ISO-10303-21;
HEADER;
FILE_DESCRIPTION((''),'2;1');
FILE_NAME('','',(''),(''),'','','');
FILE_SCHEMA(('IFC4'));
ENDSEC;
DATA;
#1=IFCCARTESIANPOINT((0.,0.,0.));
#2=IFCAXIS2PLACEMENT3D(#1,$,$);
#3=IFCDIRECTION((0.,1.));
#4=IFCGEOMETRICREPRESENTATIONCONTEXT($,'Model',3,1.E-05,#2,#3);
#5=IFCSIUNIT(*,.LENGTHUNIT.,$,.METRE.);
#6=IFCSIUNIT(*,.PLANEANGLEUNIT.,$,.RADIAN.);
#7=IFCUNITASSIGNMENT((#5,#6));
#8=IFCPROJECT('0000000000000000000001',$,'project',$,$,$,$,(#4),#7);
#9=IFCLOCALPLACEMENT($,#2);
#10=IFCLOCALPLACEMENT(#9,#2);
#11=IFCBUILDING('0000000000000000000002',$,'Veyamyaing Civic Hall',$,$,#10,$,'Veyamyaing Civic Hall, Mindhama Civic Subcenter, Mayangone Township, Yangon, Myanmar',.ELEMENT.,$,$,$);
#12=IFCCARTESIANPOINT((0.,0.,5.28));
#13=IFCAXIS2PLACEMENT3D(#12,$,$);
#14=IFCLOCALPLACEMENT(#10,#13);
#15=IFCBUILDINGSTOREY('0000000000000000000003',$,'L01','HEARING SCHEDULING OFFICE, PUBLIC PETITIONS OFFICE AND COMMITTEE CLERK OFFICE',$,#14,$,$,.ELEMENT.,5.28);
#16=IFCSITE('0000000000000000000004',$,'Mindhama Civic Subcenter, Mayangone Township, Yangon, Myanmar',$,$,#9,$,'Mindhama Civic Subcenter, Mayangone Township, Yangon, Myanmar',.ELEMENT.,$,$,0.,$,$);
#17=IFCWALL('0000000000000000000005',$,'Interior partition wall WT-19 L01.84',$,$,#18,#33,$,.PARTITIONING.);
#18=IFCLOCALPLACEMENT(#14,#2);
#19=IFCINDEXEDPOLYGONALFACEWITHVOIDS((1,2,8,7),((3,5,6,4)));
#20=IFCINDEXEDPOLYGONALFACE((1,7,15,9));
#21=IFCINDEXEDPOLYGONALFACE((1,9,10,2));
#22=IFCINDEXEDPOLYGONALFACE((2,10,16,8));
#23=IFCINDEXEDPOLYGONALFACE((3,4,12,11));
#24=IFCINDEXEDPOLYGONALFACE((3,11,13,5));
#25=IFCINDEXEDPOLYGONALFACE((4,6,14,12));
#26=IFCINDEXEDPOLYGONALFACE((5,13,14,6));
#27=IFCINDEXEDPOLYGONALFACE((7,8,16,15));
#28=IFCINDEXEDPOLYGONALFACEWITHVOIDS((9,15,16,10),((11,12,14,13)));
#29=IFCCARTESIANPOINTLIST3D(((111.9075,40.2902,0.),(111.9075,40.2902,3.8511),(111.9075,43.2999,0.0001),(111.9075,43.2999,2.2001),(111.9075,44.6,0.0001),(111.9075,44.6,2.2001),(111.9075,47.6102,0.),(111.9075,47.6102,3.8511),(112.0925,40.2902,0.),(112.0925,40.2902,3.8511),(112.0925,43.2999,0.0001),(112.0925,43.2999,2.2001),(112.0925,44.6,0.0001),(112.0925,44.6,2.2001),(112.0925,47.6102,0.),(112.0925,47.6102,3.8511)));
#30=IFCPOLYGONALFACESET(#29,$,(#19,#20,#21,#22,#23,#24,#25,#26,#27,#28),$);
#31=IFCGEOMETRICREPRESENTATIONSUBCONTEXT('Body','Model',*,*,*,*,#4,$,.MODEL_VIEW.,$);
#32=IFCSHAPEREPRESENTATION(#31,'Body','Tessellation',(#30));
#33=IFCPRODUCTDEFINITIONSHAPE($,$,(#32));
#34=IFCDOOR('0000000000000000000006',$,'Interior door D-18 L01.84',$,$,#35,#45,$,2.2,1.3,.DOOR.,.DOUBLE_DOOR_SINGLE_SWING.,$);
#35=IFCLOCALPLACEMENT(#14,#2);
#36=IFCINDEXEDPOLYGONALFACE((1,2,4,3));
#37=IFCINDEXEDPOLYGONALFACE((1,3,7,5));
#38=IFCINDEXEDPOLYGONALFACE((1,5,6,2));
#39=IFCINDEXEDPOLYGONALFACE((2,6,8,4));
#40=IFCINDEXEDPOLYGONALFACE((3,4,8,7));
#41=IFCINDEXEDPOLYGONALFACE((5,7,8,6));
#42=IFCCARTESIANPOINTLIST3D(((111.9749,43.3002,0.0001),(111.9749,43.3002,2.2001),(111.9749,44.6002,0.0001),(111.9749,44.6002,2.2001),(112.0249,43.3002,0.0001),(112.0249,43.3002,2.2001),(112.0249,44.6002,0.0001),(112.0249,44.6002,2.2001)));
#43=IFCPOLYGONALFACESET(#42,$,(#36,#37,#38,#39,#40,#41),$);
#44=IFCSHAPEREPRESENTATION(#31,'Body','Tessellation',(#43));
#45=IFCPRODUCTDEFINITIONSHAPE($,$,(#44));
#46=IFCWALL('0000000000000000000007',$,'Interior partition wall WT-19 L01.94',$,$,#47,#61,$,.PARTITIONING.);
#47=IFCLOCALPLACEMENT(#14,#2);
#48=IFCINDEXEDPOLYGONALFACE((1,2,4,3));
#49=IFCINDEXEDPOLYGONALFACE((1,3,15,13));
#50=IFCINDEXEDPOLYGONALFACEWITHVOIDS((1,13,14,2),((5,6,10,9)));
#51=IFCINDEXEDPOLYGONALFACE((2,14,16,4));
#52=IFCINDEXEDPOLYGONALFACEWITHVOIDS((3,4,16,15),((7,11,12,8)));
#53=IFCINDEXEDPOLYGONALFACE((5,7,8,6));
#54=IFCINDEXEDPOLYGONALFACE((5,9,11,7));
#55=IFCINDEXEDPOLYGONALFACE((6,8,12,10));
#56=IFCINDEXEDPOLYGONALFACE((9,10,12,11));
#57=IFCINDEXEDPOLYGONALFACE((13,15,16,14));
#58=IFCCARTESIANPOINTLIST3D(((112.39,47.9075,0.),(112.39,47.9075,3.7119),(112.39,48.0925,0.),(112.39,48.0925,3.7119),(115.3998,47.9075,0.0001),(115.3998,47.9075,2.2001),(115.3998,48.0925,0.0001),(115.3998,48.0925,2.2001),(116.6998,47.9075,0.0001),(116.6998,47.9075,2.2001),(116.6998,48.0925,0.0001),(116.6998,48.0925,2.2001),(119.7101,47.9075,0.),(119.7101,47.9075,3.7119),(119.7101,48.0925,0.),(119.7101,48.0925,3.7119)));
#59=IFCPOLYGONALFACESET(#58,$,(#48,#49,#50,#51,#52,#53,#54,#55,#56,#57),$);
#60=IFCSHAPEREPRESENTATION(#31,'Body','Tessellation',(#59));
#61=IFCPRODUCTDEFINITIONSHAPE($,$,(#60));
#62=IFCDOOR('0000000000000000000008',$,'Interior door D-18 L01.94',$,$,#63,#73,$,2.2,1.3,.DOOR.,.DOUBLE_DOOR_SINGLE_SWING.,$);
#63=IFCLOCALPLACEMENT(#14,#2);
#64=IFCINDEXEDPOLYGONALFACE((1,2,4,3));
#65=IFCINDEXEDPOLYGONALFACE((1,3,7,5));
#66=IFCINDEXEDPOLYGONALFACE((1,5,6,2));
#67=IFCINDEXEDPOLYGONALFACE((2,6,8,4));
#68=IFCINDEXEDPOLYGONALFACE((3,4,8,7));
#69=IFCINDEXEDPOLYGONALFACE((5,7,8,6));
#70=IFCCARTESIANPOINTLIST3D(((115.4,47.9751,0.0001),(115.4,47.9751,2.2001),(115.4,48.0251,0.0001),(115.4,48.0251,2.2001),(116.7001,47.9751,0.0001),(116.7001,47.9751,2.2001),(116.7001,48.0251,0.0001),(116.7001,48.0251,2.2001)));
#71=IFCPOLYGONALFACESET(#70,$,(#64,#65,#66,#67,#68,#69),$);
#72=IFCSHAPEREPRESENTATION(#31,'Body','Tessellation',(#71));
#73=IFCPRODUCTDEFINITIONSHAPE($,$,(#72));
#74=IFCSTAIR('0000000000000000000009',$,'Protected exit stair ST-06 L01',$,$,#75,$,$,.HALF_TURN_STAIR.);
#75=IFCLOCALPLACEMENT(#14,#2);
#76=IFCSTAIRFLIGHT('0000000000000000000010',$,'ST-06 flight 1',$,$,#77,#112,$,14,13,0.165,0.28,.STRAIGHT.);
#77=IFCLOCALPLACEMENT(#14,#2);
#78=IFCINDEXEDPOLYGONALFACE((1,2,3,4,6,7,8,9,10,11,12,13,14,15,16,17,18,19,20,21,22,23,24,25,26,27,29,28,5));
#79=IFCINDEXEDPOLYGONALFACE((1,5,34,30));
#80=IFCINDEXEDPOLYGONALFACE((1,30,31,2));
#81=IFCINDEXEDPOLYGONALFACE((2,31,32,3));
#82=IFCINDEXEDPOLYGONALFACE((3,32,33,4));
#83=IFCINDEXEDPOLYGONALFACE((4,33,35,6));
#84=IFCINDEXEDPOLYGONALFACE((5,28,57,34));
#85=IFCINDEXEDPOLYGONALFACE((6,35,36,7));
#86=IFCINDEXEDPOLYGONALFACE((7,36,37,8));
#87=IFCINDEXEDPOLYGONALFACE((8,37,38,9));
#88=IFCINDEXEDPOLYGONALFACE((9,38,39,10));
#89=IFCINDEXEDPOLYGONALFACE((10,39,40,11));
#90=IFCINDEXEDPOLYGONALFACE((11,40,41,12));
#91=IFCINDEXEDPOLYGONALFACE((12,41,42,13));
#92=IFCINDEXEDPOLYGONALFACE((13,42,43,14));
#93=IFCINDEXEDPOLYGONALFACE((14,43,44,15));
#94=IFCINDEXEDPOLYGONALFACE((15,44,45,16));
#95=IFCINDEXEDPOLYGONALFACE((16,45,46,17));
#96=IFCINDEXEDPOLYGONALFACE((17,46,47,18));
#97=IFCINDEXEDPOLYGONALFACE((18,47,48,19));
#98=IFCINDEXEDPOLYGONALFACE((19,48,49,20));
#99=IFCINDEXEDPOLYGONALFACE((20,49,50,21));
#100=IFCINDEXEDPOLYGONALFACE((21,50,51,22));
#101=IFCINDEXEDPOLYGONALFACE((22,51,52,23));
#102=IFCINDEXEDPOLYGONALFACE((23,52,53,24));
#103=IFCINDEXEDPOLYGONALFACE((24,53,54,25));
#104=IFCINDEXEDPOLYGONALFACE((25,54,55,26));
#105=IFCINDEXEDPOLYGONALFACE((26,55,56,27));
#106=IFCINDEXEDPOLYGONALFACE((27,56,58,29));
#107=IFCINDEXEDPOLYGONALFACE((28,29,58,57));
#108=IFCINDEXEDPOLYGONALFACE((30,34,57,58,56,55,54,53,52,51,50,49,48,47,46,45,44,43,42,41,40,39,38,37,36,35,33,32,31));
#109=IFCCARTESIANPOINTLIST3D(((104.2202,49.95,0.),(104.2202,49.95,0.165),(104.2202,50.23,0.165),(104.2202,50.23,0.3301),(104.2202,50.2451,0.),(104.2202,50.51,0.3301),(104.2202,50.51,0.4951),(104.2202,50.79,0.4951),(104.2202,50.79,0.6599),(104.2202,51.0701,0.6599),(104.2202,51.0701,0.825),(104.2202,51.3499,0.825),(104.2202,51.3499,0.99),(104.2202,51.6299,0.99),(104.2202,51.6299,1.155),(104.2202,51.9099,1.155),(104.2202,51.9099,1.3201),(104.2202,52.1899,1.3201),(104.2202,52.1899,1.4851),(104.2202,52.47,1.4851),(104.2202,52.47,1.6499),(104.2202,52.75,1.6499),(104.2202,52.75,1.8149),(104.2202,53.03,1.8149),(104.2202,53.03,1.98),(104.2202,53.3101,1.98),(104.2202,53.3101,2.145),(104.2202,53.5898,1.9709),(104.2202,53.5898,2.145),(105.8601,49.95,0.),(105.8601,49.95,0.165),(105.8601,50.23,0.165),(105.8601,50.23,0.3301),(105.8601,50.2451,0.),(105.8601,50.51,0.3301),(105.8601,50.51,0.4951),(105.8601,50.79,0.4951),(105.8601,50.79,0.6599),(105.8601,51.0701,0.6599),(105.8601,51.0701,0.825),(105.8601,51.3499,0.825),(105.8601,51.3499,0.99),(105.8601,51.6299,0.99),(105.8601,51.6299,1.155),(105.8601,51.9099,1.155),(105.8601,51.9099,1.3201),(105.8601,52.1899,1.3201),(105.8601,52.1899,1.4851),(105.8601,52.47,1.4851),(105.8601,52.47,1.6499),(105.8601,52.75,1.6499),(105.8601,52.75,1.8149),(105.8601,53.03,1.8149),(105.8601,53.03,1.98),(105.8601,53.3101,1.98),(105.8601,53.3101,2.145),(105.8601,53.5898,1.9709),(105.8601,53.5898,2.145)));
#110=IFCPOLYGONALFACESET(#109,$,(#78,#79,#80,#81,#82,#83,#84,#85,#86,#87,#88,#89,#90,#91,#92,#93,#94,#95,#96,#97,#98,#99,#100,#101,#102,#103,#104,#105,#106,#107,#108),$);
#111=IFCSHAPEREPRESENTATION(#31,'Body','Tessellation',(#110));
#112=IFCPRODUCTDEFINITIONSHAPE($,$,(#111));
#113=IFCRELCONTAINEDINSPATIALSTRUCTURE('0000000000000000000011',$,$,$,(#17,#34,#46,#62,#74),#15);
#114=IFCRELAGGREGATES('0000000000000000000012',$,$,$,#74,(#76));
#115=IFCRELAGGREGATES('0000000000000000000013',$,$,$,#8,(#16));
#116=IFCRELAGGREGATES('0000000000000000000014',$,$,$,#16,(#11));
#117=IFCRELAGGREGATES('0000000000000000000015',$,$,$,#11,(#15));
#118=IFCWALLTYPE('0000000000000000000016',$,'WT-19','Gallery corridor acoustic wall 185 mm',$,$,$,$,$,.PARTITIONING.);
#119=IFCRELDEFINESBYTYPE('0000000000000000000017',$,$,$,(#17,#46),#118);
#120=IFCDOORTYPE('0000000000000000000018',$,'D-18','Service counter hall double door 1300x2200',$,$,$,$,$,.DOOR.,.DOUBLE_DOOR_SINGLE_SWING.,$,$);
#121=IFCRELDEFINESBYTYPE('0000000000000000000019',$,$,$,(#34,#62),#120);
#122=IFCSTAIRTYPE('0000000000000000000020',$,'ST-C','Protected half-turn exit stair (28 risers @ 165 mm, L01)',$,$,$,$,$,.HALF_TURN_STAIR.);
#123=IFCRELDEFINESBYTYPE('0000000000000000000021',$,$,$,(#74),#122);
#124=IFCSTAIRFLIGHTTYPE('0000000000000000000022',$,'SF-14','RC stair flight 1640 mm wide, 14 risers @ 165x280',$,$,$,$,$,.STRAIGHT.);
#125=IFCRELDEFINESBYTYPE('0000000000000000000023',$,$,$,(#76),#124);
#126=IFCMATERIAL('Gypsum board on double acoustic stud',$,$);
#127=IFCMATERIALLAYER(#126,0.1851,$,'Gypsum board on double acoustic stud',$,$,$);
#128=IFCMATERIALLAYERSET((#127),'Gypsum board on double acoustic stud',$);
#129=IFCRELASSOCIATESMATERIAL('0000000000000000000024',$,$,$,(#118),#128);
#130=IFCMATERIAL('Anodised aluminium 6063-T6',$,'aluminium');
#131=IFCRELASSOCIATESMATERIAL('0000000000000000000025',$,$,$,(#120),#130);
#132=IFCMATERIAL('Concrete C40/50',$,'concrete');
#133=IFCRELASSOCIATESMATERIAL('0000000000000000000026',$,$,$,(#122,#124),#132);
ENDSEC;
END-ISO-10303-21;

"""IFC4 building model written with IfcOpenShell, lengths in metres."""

from ifc_helpers import new_model, si_unit, direction, frame, frame_2d, origin, place, context, subcontext, project, spatial, polyline, rectangle, outline, extrude, material, layer, layer_set, type_object, element, fill, aggregate, save


model = new_model("IFC4")

# Units and contexts
model_context = context("Model", 3, precision=1e-05, world=origin(), true_north=direction((0.0, 1.0)))
body_context = subcontext(model_context, "Body", "Model", "MODEL_VIEW")
ifc_project = project(units=[si_unit("LENGTHUNIT", "METRE"), si_unit("PLANEANGLEUNIT", "RADIAN")], contexts=[model_context])

# Site, building, storey
site_placement = place(None, origin())
site = spatial("IfcSite", under=ifc_project, at=site_placement, Name="Mindhama Civic Subcenter, Mayangone Township, Yangon, Myanmar", LongName="Mindhama Civic Subcenter, Mayangone Township, Yangon, Myanmar", CompositionType="ELEMENT", RefElevation=0.0)
building_placement = place(site_placement, origin())
building = spatial("IfcBuilding", under=site, at=building_placement, Name="Veyamyaing Civic Hall", LongName="Veyamyaing Civic Hall, Mindhama Civic Subcenter, Mayangone Township, Yangon, Myanmar", CompositionType="ELEMENT")
storey_placement = place(building_placement, frame((0.0, 0.0, 5.28)))
storey = spatial("IfcBuildingStorey", under=building, at=storey_placement, Name="L01", Description="HEARING SCHEDULING OFFICE, PUBLIC PETITIONS OFFICE AND COMMITTEE CLERK OFFICE", CompositionType="ELEMENT", Elevation=5.28)

# Shared definitions
ifc_material_1 = material(Name="Concrete C40/50", Category="concrete")

# Walls, openings, doors
ifc_material_2 = material(Name="Gypsum board on double acoustic stud")
ifc_layer_1 = layer(ifc_material_2, 0.1851, Name="Gypsum board on double acoustic stud")
ifc_layer_set_1 = layer_set([ifc_layer_1], Name="Gypsum board on double acoustic stud")
wall_type_1 = type_object("IfcWallType", Name="WT-19", Description="Gallery corridor acoustic wall 185 mm", PredefinedType="PARTITIONING", material=ifc_layer_set_1)
wall_1_placement = place(storey_placement, frame((112.0, 40.29, 0.0), z_axis=(0.0, 0.0, 1.0), x_axis=(0.0, 1.0, 0.0)))
wall_1 = element("IfcWall", 1, at=wall_1_placement, inside=storey, type_object=wall_type_1, Name="Interior partition wall WT-19 L01.84", PredefinedType="PARTITIONING", context=body_context, shape_type="SweptSolid", body=[
    extrude(rectangle(XDim=7.3201, YDim=0.1851, at=frame_2d((3.6602, 0.0))), origin(), (0.0, 0.0, 1.0), 3.8511),
])
opening_1_placement = place(wall_1_placement, frame((3.01, 0.0, 0.0)))
opening_1 = element("IfcOpeningElement", 2, at=opening_1_placement, cuts=wall_1, PredefinedType="OPENING", context=body_context, shape_type="SweptSolid", body=[
    extrude(rectangle(XDim=1.3, YDim=2.2, at=frame_2d((0.6499, 1.1001))), frame((0.0, 0.1025, 0.0), z_axis=(0.0, -1.0, 0.0), x_axis=(1.0, 0.0, 0.0)), (0.0, 0.0, 1.0), 0.2051),
])
ifc_material_3 = material(Name="Anodised aluminium 6063-T6", Category="aluminium")
door_type_1 = type_object("IfcDoorType", Name="D-18", Description="Service counter hall double door 1300x2200", OperationType="DOUBLE_DOOR_SINGLE_SWING", PredefinedType="DOOR", material=ifc_material_3)
door_1_placement = place(opening_1_placement, frame((1.3, 0.0, 0.0), z_axis=(0.0, 0.0, 1.0), x_axis=(-1.0, 0.0, 0.0)))
door_1 = element("IfcDoor", 3, at=door_1_placement, inside=storey, type_object=door_type_1, Name="Interior door D-18 L01.84", OperationType="DOUBLE_DOOR_SINGLE_SWING", OverallHeight=2.2, OverallWidth=1.3, PredefinedType="DOOR", context=body_context, shape_type="SweptSolid", body=[
    extrude(rectangle(XDim=1.3, YDim=2.2, at=frame_2d((0.6499, 1.1001))), frame((0.0, 0.0249, 0.0), z_axis=(0.0, -1.0, 0.0), x_axis=(1.0, 0.0, 0.0)), (0.0, 0.0, 1.0), 0.05),
])
fill(opening_1, door_1)
wall_2_placement = place(storey_placement, frame((112.3899, 48.0, 0.0), z_axis=(0.0, 0.0, 1.0), x_axis=(1.0, 0.0, 0.0)))
wall_2 = element("IfcWall", 4, at=wall_2_placement, inside=storey, type_object=wall_type_1, Name="Interior partition wall WT-19 L01.94", PredefinedType="PARTITIONING", context=body_context, shape_type="SweptSolid", body=[
    extrude(rectangle(XDim=7.3201, YDim=0.1851, at=frame_2d((3.6602, 0.0))), origin(), (0.0, 0.0, 1.0), 3.7119),
])
opening_2_placement = place(wall_2_placement, frame((3.01, 0.0, 0.0)))
opening_2 = element("IfcOpeningElement", 5, at=opening_2_placement, cuts=wall_2, PredefinedType="OPENING", context=body_context, shape_type="SweptSolid", body=[
    extrude(rectangle(XDim=1.3, YDim=2.2, at=frame_2d((0.6499, 1.1001))), frame((0.0, 0.1025, 0.0), z_axis=(0.0, -1.0, 0.0), x_axis=(1.0, 0.0, 0.0)), (0.0, 0.0, 1.0), 0.2051),
])
door_2_placement = place(opening_2_placement, frame((1.3, 0.0, 0.0), z_axis=(0.0, 0.0, 1.0), x_axis=(-1.0, 0.0, 0.0)))
door_2 = element("IfcDoor", 6, at=door_2_placement, inside=storey, type_object=door_type_1, Name="Interior door D-18 L01.94", OperationType="DOUBLE_DOOR_SINGLE_SWING", OverallHeight=2.2, OverallWidth=1.3, PredefinedType="DOOR", context=body_context, shape_type="SweptSolid", body=[
    extrude(rectangle(XDim=1.3, YDim=2.2, at=frame_2d((0.6499, 1.1001))), frame((0.0, 0.0249, 0.0), z_axis=(0.0, -1.0, 0.0), x_axis=(1.0, 0.0, 0.0)), (0.0, 0.0, 1.0), 0.05),
])
fill(opening_2, door_2)

# Stair, stair flight
stair_type = type_object("IfcStairType", Name="ST-C", Description="Protected half-turn exit stair (28 risers @ 165 mm, L01)", PredefinedType="HALF_TURN_STAIR", material=ifc_material_1)
stair_placement = place(storey_placement, origin())
stair = element("IfcStair", 7, at=stair_placement, inside=storey, type_object=stair_type, Name="Protected exit stair ST-06 L01", PredefinedType="HALF_TURN_STAIR")
stair_flight_type = type_object("IfcStairFlightType", Name="SF-14", Description="RC stair flight 1640 mm wide, 14 risers @ 165x280", PredefinedType="STRAIGHT", material=ifc_material_1)
stair_flight_placement = place(storey_placement, frame((105.04, 49.95, 0.0), z_axis=(0.0, 0.0, 1.0), x_axis=(0.0, 1.0, 0.0)))
stair_flight = element("IfcStairFlight", 8, at=stair_flight_placement, type_object=stair_flight_type, Name="ST-06 flight 1", NumberOfRisers=14, NumberOfTreads=13, PredefinedType="STRAIGHT", RiserHeight=0.165, TreadLength=0.28, context=body_context, shape_type="SweptSolid", body=[
    extrude(outline(polyline([(0.0, 0.0), (0.0, 0.165), (0.28, 0.165), (0.28, 0.3301), (0.5601, 0.3301), (0.5601, 0.4951), (0.8401, 0.4951), (0.8401, 0.6599), (1.1201, 0.6599), (1.1201, 0.825), (1.3999, 0.825), (1.3999, 0.99), (1.6799, 0.99), (1.6799, 1.155), (1.96, 1.155), (1.96, 1.3201), (2.24, 1.3201), (2.24, 1.4851), (2.52, 1.4851), (2.52, 1.6499), (2.8, 1.6499), (2.8, 1.8149), (3.0801, 1.8149), (3.0801, 1.98), (3.3601, 1.98), (3.3601, 2.145), (3.6399, 2.145), (3.6399, 2.3101), (3.6399, 1.9709), (0.2952, 0.0), (0.0, 0.0)])), frame((0.0, 0.8198, 0.0), z_axis=(0.0, -1.0, 0.0), x_axis=(1.0, 0.0, 0.0)), (0.0, 0.0, 1.0), 1.6399),
])
aggregate(stair, [stair_flight])

save(model, "model.ifc")
